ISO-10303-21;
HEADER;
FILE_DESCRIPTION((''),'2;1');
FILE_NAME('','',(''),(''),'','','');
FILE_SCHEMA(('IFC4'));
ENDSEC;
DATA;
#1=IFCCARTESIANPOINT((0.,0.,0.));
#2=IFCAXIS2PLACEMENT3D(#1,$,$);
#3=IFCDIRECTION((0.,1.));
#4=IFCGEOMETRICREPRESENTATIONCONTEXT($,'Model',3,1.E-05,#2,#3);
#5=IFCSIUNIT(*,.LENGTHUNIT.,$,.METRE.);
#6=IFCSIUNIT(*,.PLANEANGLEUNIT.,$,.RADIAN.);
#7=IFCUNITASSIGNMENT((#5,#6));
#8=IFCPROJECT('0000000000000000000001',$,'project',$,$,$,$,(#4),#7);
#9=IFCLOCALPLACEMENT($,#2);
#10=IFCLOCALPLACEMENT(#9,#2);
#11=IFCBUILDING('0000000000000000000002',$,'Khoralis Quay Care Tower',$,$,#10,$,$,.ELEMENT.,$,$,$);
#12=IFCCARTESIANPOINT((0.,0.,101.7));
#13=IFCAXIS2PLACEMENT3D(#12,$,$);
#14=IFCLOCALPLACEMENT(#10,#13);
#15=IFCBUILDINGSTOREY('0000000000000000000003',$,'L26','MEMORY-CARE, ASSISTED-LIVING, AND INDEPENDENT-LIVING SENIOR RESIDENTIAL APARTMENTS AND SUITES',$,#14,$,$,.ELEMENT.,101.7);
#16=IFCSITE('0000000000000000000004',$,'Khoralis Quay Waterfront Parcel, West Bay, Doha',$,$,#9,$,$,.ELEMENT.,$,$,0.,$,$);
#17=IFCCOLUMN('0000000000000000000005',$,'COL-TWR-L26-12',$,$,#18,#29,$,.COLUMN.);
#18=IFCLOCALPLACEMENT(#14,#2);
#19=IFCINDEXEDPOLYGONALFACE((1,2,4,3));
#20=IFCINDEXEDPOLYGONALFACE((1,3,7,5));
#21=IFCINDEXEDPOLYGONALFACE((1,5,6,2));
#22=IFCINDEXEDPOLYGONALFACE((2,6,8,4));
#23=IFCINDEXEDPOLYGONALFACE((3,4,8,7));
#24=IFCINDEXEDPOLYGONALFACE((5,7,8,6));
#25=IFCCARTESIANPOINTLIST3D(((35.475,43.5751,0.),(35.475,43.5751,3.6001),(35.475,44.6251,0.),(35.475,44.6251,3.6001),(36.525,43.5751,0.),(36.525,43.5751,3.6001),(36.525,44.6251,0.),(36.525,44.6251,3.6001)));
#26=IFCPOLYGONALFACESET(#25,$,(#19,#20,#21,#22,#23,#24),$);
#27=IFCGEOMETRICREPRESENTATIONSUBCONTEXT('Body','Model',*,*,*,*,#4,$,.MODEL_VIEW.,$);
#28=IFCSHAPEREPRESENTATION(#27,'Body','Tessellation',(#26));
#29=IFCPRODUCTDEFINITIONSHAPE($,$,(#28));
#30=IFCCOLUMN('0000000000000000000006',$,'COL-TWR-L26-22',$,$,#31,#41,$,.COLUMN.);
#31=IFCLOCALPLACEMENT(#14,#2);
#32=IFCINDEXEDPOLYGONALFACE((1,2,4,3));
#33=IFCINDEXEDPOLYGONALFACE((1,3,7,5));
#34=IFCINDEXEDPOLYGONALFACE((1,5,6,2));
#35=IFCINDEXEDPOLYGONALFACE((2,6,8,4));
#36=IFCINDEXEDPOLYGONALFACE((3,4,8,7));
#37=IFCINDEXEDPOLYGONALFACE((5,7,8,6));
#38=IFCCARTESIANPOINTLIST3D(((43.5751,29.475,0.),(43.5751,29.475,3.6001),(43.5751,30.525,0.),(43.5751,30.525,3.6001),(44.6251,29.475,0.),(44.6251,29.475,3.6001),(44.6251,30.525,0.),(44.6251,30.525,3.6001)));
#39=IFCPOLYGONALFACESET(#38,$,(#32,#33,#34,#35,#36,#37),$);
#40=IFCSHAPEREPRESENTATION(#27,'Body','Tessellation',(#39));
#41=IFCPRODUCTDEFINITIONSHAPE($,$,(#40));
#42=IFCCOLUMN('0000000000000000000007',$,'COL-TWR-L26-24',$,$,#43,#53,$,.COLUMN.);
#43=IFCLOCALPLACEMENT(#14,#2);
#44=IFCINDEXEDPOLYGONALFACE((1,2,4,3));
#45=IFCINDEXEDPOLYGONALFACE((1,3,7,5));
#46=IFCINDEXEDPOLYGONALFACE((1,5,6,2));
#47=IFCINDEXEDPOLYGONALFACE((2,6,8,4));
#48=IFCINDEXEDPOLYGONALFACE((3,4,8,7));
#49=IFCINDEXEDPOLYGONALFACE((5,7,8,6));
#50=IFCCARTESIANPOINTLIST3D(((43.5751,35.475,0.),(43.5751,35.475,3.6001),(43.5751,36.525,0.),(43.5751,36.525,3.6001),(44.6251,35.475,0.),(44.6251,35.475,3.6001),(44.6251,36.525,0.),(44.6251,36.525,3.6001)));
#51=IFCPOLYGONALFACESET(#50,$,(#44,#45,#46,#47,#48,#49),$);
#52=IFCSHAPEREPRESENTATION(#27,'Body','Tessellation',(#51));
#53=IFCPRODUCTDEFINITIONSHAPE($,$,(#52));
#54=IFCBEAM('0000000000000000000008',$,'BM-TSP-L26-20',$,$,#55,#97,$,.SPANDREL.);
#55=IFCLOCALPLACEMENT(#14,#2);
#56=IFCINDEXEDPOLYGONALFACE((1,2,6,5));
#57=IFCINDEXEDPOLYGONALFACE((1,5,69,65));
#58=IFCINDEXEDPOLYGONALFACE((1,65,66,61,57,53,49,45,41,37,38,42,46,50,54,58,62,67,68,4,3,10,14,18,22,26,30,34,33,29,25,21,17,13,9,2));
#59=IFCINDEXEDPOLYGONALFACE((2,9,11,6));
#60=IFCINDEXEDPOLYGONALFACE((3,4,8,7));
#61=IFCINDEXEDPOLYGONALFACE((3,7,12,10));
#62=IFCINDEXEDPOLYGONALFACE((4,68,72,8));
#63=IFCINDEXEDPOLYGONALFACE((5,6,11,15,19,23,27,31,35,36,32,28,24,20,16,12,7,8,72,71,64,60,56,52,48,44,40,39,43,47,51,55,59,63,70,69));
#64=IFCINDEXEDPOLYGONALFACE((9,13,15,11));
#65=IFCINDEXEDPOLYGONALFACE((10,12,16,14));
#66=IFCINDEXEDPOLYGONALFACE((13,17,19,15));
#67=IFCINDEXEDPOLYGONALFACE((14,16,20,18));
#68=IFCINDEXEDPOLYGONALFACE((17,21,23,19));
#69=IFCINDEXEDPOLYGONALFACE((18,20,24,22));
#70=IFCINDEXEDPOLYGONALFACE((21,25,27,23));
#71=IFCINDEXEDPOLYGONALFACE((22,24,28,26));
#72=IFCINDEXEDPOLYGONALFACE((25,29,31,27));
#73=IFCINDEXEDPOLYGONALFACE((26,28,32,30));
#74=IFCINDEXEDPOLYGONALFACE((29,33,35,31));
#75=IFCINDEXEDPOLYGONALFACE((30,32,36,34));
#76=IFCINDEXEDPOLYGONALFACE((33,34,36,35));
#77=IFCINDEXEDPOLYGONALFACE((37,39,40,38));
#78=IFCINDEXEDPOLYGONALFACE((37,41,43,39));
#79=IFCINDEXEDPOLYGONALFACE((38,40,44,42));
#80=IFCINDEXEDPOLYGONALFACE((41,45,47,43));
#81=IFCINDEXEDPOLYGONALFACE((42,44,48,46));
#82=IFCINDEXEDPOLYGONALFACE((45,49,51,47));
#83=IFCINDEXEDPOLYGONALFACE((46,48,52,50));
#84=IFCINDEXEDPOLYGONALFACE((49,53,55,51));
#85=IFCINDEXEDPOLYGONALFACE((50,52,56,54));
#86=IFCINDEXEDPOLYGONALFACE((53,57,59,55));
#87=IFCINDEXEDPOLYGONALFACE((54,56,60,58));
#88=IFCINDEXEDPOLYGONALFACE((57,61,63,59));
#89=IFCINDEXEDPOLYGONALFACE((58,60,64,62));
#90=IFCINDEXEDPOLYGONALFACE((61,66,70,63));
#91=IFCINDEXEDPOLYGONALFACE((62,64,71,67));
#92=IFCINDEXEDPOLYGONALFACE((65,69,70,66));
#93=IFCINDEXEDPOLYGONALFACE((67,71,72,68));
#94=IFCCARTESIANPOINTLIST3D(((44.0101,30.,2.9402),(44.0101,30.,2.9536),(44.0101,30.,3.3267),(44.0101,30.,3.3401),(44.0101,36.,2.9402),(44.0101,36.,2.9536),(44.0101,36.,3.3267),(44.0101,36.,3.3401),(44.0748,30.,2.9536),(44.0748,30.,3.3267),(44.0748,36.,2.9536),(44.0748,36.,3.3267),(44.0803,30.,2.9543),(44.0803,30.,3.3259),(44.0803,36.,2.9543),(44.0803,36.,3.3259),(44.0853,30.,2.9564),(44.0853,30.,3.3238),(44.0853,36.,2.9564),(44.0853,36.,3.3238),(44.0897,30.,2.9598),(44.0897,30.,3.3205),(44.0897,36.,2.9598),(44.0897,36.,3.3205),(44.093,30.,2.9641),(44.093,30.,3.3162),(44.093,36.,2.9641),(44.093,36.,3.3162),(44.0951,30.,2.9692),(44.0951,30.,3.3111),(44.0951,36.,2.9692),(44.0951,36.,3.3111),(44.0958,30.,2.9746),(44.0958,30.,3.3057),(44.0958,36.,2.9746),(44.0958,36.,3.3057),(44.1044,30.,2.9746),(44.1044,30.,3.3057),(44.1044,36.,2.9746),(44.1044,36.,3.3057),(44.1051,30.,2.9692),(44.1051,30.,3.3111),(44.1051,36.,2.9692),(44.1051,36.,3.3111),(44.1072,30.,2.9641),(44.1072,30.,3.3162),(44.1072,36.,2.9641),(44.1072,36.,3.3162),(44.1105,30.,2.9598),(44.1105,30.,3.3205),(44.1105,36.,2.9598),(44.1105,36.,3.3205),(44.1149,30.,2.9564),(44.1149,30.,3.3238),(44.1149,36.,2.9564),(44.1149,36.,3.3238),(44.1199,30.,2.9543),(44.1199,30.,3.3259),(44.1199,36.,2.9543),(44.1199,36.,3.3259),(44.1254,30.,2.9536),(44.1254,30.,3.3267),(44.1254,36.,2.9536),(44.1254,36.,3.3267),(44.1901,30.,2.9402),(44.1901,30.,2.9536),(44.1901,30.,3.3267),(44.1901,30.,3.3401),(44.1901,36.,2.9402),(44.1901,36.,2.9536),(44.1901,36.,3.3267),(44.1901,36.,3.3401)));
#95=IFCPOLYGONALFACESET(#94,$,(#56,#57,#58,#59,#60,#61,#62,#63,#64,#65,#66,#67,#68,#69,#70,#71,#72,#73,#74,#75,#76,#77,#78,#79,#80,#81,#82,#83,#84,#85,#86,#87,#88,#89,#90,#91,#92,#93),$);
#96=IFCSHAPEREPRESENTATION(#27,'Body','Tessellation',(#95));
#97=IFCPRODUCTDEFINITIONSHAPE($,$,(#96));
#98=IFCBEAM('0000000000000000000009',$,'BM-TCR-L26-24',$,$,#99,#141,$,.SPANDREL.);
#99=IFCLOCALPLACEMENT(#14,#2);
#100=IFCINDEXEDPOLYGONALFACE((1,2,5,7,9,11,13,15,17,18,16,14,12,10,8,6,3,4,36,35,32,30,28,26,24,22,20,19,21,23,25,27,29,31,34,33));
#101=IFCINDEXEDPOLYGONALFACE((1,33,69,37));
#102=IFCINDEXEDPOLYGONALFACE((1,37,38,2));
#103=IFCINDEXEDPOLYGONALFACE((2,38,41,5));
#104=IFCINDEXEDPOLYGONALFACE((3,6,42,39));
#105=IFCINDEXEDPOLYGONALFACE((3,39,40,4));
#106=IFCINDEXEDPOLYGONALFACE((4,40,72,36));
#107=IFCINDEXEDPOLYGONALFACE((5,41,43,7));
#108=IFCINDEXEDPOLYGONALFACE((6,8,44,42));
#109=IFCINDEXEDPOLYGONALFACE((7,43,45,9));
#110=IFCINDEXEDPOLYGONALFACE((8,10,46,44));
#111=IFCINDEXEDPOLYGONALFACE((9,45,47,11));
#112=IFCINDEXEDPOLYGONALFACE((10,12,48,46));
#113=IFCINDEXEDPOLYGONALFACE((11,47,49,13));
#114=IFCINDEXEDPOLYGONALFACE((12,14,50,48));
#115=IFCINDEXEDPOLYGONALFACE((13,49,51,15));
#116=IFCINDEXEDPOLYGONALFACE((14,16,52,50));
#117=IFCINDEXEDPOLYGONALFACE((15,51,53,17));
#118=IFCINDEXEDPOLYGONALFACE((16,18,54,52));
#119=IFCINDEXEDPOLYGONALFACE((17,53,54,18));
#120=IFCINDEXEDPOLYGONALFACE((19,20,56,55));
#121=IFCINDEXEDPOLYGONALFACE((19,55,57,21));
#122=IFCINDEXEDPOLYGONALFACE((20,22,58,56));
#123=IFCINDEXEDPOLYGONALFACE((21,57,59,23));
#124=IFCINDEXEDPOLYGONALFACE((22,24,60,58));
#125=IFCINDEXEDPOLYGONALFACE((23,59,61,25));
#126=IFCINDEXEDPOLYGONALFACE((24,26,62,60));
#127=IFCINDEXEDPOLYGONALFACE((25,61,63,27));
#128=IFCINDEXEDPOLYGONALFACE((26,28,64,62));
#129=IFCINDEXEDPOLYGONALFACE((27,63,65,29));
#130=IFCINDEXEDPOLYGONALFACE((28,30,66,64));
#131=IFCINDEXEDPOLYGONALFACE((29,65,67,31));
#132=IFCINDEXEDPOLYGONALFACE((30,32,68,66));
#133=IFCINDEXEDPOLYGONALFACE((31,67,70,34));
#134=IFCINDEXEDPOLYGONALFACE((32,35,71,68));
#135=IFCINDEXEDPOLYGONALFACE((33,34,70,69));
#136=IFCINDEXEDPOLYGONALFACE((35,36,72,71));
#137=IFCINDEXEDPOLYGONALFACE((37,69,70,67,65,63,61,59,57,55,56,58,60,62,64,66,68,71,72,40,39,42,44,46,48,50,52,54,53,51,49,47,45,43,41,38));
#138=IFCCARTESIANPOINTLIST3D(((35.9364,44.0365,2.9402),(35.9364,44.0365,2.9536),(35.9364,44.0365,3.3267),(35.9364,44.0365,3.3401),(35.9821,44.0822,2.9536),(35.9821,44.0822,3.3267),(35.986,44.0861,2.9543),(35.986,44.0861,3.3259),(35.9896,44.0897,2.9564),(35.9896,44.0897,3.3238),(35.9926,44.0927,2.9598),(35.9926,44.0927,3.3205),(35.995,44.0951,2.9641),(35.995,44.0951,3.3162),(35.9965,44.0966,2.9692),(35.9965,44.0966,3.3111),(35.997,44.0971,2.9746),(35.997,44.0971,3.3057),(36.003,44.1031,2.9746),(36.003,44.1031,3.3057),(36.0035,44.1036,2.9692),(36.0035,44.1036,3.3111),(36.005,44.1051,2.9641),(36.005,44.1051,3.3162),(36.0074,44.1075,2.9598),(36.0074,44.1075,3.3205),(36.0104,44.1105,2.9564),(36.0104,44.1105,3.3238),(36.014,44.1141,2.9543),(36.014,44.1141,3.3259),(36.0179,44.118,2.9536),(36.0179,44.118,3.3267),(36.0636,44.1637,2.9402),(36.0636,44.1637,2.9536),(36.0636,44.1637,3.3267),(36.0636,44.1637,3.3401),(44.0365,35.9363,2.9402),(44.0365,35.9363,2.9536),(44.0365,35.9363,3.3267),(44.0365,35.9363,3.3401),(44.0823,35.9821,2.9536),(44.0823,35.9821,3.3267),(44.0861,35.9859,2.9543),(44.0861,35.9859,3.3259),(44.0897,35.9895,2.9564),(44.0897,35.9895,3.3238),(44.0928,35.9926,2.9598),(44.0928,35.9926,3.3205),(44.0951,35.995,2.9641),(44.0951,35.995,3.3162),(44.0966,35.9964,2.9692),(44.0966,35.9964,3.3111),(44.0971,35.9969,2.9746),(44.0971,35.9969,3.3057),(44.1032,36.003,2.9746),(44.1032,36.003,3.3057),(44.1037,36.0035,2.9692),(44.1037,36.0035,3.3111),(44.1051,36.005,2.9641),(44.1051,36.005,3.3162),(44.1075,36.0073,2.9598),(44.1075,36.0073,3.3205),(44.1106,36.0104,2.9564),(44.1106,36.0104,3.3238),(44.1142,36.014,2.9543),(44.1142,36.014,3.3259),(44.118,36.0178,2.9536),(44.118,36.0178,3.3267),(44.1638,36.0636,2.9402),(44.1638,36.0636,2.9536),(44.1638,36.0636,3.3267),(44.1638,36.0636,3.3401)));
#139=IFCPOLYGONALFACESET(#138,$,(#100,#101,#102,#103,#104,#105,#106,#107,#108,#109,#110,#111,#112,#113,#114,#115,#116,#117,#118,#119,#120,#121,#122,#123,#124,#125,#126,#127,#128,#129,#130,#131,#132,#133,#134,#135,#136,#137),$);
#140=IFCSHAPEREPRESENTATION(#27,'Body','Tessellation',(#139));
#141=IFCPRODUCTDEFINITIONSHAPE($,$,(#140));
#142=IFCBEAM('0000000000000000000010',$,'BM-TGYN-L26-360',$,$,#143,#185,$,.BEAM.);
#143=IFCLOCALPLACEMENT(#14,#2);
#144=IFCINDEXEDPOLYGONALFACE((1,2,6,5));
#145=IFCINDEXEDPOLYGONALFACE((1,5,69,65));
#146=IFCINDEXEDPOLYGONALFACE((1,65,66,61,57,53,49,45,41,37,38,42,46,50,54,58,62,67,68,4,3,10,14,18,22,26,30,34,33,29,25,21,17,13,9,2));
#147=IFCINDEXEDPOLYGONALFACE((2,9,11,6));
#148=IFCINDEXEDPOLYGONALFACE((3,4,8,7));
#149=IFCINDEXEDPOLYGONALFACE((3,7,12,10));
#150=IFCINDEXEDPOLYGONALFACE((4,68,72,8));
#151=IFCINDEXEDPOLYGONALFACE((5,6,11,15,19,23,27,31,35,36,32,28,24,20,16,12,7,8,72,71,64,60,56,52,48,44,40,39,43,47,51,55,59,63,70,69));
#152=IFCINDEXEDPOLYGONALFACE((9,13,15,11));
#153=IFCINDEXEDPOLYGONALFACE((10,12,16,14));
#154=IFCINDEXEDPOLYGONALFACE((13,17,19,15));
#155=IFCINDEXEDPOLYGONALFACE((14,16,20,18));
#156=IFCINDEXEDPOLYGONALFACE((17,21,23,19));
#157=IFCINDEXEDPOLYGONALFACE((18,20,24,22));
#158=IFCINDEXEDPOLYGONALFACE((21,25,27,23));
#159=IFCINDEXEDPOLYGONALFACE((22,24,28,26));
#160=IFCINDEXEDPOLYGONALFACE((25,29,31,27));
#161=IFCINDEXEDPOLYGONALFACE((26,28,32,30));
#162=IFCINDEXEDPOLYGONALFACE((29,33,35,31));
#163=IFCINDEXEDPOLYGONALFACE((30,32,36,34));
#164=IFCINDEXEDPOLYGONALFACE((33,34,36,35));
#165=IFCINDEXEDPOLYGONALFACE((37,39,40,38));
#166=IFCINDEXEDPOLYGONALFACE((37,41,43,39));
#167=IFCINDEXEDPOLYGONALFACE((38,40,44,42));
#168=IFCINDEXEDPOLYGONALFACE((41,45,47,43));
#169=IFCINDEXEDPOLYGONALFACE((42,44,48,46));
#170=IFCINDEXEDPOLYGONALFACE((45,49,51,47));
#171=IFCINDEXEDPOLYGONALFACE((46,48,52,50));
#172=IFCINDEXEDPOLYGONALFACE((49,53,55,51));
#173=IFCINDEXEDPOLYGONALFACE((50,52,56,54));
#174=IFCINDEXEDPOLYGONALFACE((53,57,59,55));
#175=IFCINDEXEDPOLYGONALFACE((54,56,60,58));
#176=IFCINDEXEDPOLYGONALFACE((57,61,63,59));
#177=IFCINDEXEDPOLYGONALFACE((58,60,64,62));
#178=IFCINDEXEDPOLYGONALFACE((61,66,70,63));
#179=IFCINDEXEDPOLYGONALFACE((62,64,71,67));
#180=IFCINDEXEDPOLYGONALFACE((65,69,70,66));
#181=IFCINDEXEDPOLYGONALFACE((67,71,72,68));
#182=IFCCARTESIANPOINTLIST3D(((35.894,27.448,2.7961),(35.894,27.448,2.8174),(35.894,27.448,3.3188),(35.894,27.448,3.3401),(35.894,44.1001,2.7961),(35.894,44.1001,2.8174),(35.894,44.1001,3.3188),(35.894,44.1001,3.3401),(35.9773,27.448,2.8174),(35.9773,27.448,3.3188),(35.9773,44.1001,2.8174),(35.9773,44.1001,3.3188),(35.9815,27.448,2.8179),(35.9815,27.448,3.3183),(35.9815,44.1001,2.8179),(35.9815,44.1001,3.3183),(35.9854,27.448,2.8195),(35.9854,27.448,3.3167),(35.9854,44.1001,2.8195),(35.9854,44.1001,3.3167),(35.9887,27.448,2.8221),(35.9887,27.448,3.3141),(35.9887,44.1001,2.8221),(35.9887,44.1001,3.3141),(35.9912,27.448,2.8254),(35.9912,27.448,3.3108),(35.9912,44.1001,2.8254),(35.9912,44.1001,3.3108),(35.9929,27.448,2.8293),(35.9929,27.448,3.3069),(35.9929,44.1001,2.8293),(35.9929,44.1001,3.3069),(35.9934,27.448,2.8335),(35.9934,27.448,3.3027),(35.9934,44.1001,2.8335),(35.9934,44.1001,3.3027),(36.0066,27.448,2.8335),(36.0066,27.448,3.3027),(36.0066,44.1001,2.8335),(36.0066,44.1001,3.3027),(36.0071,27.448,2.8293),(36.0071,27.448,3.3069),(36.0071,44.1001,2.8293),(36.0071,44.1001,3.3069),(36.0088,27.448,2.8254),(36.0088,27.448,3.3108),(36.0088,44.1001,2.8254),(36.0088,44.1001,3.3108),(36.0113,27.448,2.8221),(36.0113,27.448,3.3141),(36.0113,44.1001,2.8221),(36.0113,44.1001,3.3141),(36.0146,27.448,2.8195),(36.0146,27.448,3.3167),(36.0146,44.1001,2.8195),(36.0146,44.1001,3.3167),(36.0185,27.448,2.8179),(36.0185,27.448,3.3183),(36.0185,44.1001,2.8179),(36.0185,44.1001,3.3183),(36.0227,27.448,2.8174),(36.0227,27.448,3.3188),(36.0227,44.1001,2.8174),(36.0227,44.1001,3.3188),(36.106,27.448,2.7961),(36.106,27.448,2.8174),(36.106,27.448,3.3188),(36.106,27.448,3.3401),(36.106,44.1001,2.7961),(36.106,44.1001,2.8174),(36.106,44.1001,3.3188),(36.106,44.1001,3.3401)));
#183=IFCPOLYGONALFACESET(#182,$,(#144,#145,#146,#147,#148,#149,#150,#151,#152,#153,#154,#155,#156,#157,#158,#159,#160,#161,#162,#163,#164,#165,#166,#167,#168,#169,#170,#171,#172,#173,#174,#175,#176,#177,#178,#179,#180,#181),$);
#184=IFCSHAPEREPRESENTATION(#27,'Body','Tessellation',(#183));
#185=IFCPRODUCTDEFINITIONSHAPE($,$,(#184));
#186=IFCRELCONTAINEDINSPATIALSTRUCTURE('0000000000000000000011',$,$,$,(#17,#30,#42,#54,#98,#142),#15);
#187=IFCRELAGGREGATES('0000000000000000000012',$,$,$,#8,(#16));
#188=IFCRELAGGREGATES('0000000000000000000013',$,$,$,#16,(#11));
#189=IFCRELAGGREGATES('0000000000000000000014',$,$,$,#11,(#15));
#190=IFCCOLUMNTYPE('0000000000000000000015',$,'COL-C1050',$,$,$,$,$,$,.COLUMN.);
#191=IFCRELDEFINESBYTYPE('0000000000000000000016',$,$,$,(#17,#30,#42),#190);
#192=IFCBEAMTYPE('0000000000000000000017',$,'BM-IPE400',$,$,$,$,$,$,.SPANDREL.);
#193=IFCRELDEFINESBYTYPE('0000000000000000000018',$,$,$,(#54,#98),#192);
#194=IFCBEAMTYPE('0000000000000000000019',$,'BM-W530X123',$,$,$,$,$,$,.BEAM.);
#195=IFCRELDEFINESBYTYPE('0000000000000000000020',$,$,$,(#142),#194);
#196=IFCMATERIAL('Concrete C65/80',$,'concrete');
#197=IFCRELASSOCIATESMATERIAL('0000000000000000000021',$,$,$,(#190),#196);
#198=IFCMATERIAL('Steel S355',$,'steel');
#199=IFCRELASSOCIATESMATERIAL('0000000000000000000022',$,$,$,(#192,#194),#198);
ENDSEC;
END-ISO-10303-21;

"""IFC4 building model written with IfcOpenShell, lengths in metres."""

from ifc_helpers import new_model, si_unit, direction, frame, origin, origin_2d, place, context, subcontext, project, spatial, rectangle, i_section, extrude, source, transform, mapped, material, material_profile, profile_set, type_object, element, save


model = new_model("IFC4")

# Units and contexts
model_context = context("Model", 3, precision=1e-05, world=origin(), true_north=direction((0.0, 1.0)))
body_context = subcontext(model_context, "Body", "Model", "MODEL_VIEW")
ifc_project = project(units=[si_unit("LENGTHUNIT", "METRE"), si_unit("PLANEANGLEUNIT", "RADIAN")], contexts=[model_context])

# Site, building, storey
site_placement = place(None, origin())
site = spatial("IfcSite", under=ifc_project, at=site_placement, Name="Khoralis Quay Waterfront Parcel, West Bay, Doha", CompositionType="ELEMENT", RefElevation=0.0)
building_placement = place(site_placement, origin())
building = spatial("IfcBuilding", under=site, at=building_placement, Name="Khoralis Quay Care Tower", CompositionType="ELEMENT")
storey_placement = place(building_placement, frame((0.0, 0.0, 101.7)))
storey = spatial("IfcBuildingStorey", under=building, at=storey_placement, Name="L26", Description="MEMORY-CARE, ASSISTED-LIVING, AND INDEPENDENT-LIVING SENIOR RESIDENTIAL APARTMENTS AND SUITES", CompositionType="ELEMENT", Elevation=101.7)

# Columns
ifc_material_1 = material(Name="Concrete C65/80", Category="concrete")
ifc_material_profile_1 = material_profile(ifc_material_1, rectangle(XDim=1.05, YDim=1.05, at=origin_2d()), Name="Concrete C65/80")
ifc_profile_set_1 = profile_set([ifc_material_profile_1], Name="Concrete C65/80")
column_type = type_object("IfcColumnType", Name="COL-C1050", PredefinedType="COLUMN", material=ifc_profile_set_1)
shared_shape_1 = source(origin(), body_context, "Body", "SweptSolid", [
    extrude(rectangle(XDim=1.05, YDim=1.05, at=origin_2d()), origin(), (0.0, 0.0, 1.0), 3.6001),
])
for number, where, z_axis, x_axis, name in (
    (1, (36.0, 44.1001, 0.0), (0.0, 0.0, 1.0), (1.0, 0.0, 0.0), "COL-TWR-L26-12"),
    (2, (44.1001, 30.0, 0.0), (0.0, 0.0, 1.0), (1.0, 0.0, 0.0), "COL-TWR-L26-22"),
    (3, (44.1001, 36.0, 0.0), (0.0, 0.0, 1.0), (1.0, 0.0, 0.0), "COL-TWR-L26-24"),
):
    element("IfcColumn", number, at=place(storey_placement, frame(where, z_axis=z_axis, x_axis=x_axis)), inside=storey, type_object=column_type, Name=name, PredefinedType="COLUMN", context=body_context, shape_type="MappedRepresentation", body=[
        mapped(shared_shape_1, transform((0.0, 0.0, 0.0), scale=1.0)),
    ])

# Beams
ifc_material_2 = material(Name="Steel S355", Category="steel")
ifc_material_profile_2 = material_profile(ifc_material_2, i_section(OverallWidth=0.1799, OverallDepth=0.3999, WebThickness=0.0085, FlangeThickness=0.0134, FilletRadius=0.021, at=origin_2d()), Name="Steel S355")
ifc_profile_set_2 = profile_set([ifc_material_profile_2], Name="Steel S355")
beam_type_1 = type_object("IfcBeamType", Name="BM-IPE400", PredefinedType="SPANDREL", material=ifc_profile_set_2)
shared_shape_2 = source(origin(), body_context, "Body", "SweptSolid", [
    extrude(i_section(OverallWidth=0.1799, OverallDepth=0.3999, WebThickness=0.0085, FlangeThickness=0.0134, FilletRadius=0.021, at=origin_2d()), origin(), (0.0, 0.0, 1.0), 6.0),
])
beam_1_placement = place(storey_placement, frame((44.1001, 30.0, 3.1401), z_axis=(0.0, 1.0, 0.0), x_axis=(-1.0, 0.0, 0.0)))
element("IfcBeam", 4, at=beam_1_placement, inside=storey, type_object=beam_type_1, Name="BM-TSP-L26-20", PredefinedType="SPANDREL", context=body_context, shape_type="MappedRepresentation", body=[
    mapped(shared_shape_2, transform((0.0, 0.0, 0.0), scale=1.0)),
])
shared_shape_3 = source(origin(), body_context, "Body", "SweptSolid", [
    extrude(i_section(OverallWidth=0.1799, OverallDepth=0.3999, WebThickness=0.0085, FlangeThickness=0.0134, FilletRadius=0.021, at=origin_2d()), origin(), (0.0, 0.0, 1.0), 11.4553),
])
beam_2_placement = place(storey_placement, frame((36.0, 44.1001, 3.1401), z_axis=(0.707107, -0.707107, 0.0), x_axis=(0.707107, 0.707107, 0.0)))
element("IfcBeam", 5, at=beam_2_placement, inside=storey, type_object=beam_type_1, Name="BM-TCR-L26-24", PredefinedType="SPANDREL", context=body_context, shape_type="MappedRepresentation", body=[
    mapped(shared_shape_3, transform((0.0, 0.0, 0.0), scale=1.0)),
])
ifc_material_profile_3 = material_profile(ifc_material_2, i_section(OverallWidth=0.2119, OverallDepth=0.5439, WebThickness=0.0132, FlangeThickness=0.0212, FilletRadius=0.0161, at=origin_2d()), Name="Steel S355")
ifc_profile_set_3 = profile_set([ifc_material_profile_3], Name="Steel S355")
beam_type_2 = type_object("IfcBeamType", Name="BM-W530X123", PredefinedType="BEAM", material=ifc_profile_set_3)
shared_shape_4 = source(origin(), body_context, "Body", "SweptSolid", [
    extrude(i_section(OverallWidth=0.2119, OverallDepth=0.5439, WebThickness=0.0132, FlangeThickness=0.0212, FilletRadius=0.0161, at=origin_2d()), origin(), (0.0, 0.0, 1.0), 16.6521),
])
beam_3_placement = place(storey_placement, frame((36.0, 27.448, 3.0681), z_axis=(0.0, 1.0, 0.0), x_axis=(-1.0, 0.0, 0.0)))
element("IfcBeam", 6, at=beam_3_placement, inside=storey, type_object=beam_type_2, Name="BM-TGYN-L26-360", PredefinedType="BEAM", context=body_context, shape_type="MappedRepresentation", body=[
    mapped(shared_shape_4, transform((0.0, 0.0, 0.0), scale=1.0)),
])

save(model, "model.ifc")
